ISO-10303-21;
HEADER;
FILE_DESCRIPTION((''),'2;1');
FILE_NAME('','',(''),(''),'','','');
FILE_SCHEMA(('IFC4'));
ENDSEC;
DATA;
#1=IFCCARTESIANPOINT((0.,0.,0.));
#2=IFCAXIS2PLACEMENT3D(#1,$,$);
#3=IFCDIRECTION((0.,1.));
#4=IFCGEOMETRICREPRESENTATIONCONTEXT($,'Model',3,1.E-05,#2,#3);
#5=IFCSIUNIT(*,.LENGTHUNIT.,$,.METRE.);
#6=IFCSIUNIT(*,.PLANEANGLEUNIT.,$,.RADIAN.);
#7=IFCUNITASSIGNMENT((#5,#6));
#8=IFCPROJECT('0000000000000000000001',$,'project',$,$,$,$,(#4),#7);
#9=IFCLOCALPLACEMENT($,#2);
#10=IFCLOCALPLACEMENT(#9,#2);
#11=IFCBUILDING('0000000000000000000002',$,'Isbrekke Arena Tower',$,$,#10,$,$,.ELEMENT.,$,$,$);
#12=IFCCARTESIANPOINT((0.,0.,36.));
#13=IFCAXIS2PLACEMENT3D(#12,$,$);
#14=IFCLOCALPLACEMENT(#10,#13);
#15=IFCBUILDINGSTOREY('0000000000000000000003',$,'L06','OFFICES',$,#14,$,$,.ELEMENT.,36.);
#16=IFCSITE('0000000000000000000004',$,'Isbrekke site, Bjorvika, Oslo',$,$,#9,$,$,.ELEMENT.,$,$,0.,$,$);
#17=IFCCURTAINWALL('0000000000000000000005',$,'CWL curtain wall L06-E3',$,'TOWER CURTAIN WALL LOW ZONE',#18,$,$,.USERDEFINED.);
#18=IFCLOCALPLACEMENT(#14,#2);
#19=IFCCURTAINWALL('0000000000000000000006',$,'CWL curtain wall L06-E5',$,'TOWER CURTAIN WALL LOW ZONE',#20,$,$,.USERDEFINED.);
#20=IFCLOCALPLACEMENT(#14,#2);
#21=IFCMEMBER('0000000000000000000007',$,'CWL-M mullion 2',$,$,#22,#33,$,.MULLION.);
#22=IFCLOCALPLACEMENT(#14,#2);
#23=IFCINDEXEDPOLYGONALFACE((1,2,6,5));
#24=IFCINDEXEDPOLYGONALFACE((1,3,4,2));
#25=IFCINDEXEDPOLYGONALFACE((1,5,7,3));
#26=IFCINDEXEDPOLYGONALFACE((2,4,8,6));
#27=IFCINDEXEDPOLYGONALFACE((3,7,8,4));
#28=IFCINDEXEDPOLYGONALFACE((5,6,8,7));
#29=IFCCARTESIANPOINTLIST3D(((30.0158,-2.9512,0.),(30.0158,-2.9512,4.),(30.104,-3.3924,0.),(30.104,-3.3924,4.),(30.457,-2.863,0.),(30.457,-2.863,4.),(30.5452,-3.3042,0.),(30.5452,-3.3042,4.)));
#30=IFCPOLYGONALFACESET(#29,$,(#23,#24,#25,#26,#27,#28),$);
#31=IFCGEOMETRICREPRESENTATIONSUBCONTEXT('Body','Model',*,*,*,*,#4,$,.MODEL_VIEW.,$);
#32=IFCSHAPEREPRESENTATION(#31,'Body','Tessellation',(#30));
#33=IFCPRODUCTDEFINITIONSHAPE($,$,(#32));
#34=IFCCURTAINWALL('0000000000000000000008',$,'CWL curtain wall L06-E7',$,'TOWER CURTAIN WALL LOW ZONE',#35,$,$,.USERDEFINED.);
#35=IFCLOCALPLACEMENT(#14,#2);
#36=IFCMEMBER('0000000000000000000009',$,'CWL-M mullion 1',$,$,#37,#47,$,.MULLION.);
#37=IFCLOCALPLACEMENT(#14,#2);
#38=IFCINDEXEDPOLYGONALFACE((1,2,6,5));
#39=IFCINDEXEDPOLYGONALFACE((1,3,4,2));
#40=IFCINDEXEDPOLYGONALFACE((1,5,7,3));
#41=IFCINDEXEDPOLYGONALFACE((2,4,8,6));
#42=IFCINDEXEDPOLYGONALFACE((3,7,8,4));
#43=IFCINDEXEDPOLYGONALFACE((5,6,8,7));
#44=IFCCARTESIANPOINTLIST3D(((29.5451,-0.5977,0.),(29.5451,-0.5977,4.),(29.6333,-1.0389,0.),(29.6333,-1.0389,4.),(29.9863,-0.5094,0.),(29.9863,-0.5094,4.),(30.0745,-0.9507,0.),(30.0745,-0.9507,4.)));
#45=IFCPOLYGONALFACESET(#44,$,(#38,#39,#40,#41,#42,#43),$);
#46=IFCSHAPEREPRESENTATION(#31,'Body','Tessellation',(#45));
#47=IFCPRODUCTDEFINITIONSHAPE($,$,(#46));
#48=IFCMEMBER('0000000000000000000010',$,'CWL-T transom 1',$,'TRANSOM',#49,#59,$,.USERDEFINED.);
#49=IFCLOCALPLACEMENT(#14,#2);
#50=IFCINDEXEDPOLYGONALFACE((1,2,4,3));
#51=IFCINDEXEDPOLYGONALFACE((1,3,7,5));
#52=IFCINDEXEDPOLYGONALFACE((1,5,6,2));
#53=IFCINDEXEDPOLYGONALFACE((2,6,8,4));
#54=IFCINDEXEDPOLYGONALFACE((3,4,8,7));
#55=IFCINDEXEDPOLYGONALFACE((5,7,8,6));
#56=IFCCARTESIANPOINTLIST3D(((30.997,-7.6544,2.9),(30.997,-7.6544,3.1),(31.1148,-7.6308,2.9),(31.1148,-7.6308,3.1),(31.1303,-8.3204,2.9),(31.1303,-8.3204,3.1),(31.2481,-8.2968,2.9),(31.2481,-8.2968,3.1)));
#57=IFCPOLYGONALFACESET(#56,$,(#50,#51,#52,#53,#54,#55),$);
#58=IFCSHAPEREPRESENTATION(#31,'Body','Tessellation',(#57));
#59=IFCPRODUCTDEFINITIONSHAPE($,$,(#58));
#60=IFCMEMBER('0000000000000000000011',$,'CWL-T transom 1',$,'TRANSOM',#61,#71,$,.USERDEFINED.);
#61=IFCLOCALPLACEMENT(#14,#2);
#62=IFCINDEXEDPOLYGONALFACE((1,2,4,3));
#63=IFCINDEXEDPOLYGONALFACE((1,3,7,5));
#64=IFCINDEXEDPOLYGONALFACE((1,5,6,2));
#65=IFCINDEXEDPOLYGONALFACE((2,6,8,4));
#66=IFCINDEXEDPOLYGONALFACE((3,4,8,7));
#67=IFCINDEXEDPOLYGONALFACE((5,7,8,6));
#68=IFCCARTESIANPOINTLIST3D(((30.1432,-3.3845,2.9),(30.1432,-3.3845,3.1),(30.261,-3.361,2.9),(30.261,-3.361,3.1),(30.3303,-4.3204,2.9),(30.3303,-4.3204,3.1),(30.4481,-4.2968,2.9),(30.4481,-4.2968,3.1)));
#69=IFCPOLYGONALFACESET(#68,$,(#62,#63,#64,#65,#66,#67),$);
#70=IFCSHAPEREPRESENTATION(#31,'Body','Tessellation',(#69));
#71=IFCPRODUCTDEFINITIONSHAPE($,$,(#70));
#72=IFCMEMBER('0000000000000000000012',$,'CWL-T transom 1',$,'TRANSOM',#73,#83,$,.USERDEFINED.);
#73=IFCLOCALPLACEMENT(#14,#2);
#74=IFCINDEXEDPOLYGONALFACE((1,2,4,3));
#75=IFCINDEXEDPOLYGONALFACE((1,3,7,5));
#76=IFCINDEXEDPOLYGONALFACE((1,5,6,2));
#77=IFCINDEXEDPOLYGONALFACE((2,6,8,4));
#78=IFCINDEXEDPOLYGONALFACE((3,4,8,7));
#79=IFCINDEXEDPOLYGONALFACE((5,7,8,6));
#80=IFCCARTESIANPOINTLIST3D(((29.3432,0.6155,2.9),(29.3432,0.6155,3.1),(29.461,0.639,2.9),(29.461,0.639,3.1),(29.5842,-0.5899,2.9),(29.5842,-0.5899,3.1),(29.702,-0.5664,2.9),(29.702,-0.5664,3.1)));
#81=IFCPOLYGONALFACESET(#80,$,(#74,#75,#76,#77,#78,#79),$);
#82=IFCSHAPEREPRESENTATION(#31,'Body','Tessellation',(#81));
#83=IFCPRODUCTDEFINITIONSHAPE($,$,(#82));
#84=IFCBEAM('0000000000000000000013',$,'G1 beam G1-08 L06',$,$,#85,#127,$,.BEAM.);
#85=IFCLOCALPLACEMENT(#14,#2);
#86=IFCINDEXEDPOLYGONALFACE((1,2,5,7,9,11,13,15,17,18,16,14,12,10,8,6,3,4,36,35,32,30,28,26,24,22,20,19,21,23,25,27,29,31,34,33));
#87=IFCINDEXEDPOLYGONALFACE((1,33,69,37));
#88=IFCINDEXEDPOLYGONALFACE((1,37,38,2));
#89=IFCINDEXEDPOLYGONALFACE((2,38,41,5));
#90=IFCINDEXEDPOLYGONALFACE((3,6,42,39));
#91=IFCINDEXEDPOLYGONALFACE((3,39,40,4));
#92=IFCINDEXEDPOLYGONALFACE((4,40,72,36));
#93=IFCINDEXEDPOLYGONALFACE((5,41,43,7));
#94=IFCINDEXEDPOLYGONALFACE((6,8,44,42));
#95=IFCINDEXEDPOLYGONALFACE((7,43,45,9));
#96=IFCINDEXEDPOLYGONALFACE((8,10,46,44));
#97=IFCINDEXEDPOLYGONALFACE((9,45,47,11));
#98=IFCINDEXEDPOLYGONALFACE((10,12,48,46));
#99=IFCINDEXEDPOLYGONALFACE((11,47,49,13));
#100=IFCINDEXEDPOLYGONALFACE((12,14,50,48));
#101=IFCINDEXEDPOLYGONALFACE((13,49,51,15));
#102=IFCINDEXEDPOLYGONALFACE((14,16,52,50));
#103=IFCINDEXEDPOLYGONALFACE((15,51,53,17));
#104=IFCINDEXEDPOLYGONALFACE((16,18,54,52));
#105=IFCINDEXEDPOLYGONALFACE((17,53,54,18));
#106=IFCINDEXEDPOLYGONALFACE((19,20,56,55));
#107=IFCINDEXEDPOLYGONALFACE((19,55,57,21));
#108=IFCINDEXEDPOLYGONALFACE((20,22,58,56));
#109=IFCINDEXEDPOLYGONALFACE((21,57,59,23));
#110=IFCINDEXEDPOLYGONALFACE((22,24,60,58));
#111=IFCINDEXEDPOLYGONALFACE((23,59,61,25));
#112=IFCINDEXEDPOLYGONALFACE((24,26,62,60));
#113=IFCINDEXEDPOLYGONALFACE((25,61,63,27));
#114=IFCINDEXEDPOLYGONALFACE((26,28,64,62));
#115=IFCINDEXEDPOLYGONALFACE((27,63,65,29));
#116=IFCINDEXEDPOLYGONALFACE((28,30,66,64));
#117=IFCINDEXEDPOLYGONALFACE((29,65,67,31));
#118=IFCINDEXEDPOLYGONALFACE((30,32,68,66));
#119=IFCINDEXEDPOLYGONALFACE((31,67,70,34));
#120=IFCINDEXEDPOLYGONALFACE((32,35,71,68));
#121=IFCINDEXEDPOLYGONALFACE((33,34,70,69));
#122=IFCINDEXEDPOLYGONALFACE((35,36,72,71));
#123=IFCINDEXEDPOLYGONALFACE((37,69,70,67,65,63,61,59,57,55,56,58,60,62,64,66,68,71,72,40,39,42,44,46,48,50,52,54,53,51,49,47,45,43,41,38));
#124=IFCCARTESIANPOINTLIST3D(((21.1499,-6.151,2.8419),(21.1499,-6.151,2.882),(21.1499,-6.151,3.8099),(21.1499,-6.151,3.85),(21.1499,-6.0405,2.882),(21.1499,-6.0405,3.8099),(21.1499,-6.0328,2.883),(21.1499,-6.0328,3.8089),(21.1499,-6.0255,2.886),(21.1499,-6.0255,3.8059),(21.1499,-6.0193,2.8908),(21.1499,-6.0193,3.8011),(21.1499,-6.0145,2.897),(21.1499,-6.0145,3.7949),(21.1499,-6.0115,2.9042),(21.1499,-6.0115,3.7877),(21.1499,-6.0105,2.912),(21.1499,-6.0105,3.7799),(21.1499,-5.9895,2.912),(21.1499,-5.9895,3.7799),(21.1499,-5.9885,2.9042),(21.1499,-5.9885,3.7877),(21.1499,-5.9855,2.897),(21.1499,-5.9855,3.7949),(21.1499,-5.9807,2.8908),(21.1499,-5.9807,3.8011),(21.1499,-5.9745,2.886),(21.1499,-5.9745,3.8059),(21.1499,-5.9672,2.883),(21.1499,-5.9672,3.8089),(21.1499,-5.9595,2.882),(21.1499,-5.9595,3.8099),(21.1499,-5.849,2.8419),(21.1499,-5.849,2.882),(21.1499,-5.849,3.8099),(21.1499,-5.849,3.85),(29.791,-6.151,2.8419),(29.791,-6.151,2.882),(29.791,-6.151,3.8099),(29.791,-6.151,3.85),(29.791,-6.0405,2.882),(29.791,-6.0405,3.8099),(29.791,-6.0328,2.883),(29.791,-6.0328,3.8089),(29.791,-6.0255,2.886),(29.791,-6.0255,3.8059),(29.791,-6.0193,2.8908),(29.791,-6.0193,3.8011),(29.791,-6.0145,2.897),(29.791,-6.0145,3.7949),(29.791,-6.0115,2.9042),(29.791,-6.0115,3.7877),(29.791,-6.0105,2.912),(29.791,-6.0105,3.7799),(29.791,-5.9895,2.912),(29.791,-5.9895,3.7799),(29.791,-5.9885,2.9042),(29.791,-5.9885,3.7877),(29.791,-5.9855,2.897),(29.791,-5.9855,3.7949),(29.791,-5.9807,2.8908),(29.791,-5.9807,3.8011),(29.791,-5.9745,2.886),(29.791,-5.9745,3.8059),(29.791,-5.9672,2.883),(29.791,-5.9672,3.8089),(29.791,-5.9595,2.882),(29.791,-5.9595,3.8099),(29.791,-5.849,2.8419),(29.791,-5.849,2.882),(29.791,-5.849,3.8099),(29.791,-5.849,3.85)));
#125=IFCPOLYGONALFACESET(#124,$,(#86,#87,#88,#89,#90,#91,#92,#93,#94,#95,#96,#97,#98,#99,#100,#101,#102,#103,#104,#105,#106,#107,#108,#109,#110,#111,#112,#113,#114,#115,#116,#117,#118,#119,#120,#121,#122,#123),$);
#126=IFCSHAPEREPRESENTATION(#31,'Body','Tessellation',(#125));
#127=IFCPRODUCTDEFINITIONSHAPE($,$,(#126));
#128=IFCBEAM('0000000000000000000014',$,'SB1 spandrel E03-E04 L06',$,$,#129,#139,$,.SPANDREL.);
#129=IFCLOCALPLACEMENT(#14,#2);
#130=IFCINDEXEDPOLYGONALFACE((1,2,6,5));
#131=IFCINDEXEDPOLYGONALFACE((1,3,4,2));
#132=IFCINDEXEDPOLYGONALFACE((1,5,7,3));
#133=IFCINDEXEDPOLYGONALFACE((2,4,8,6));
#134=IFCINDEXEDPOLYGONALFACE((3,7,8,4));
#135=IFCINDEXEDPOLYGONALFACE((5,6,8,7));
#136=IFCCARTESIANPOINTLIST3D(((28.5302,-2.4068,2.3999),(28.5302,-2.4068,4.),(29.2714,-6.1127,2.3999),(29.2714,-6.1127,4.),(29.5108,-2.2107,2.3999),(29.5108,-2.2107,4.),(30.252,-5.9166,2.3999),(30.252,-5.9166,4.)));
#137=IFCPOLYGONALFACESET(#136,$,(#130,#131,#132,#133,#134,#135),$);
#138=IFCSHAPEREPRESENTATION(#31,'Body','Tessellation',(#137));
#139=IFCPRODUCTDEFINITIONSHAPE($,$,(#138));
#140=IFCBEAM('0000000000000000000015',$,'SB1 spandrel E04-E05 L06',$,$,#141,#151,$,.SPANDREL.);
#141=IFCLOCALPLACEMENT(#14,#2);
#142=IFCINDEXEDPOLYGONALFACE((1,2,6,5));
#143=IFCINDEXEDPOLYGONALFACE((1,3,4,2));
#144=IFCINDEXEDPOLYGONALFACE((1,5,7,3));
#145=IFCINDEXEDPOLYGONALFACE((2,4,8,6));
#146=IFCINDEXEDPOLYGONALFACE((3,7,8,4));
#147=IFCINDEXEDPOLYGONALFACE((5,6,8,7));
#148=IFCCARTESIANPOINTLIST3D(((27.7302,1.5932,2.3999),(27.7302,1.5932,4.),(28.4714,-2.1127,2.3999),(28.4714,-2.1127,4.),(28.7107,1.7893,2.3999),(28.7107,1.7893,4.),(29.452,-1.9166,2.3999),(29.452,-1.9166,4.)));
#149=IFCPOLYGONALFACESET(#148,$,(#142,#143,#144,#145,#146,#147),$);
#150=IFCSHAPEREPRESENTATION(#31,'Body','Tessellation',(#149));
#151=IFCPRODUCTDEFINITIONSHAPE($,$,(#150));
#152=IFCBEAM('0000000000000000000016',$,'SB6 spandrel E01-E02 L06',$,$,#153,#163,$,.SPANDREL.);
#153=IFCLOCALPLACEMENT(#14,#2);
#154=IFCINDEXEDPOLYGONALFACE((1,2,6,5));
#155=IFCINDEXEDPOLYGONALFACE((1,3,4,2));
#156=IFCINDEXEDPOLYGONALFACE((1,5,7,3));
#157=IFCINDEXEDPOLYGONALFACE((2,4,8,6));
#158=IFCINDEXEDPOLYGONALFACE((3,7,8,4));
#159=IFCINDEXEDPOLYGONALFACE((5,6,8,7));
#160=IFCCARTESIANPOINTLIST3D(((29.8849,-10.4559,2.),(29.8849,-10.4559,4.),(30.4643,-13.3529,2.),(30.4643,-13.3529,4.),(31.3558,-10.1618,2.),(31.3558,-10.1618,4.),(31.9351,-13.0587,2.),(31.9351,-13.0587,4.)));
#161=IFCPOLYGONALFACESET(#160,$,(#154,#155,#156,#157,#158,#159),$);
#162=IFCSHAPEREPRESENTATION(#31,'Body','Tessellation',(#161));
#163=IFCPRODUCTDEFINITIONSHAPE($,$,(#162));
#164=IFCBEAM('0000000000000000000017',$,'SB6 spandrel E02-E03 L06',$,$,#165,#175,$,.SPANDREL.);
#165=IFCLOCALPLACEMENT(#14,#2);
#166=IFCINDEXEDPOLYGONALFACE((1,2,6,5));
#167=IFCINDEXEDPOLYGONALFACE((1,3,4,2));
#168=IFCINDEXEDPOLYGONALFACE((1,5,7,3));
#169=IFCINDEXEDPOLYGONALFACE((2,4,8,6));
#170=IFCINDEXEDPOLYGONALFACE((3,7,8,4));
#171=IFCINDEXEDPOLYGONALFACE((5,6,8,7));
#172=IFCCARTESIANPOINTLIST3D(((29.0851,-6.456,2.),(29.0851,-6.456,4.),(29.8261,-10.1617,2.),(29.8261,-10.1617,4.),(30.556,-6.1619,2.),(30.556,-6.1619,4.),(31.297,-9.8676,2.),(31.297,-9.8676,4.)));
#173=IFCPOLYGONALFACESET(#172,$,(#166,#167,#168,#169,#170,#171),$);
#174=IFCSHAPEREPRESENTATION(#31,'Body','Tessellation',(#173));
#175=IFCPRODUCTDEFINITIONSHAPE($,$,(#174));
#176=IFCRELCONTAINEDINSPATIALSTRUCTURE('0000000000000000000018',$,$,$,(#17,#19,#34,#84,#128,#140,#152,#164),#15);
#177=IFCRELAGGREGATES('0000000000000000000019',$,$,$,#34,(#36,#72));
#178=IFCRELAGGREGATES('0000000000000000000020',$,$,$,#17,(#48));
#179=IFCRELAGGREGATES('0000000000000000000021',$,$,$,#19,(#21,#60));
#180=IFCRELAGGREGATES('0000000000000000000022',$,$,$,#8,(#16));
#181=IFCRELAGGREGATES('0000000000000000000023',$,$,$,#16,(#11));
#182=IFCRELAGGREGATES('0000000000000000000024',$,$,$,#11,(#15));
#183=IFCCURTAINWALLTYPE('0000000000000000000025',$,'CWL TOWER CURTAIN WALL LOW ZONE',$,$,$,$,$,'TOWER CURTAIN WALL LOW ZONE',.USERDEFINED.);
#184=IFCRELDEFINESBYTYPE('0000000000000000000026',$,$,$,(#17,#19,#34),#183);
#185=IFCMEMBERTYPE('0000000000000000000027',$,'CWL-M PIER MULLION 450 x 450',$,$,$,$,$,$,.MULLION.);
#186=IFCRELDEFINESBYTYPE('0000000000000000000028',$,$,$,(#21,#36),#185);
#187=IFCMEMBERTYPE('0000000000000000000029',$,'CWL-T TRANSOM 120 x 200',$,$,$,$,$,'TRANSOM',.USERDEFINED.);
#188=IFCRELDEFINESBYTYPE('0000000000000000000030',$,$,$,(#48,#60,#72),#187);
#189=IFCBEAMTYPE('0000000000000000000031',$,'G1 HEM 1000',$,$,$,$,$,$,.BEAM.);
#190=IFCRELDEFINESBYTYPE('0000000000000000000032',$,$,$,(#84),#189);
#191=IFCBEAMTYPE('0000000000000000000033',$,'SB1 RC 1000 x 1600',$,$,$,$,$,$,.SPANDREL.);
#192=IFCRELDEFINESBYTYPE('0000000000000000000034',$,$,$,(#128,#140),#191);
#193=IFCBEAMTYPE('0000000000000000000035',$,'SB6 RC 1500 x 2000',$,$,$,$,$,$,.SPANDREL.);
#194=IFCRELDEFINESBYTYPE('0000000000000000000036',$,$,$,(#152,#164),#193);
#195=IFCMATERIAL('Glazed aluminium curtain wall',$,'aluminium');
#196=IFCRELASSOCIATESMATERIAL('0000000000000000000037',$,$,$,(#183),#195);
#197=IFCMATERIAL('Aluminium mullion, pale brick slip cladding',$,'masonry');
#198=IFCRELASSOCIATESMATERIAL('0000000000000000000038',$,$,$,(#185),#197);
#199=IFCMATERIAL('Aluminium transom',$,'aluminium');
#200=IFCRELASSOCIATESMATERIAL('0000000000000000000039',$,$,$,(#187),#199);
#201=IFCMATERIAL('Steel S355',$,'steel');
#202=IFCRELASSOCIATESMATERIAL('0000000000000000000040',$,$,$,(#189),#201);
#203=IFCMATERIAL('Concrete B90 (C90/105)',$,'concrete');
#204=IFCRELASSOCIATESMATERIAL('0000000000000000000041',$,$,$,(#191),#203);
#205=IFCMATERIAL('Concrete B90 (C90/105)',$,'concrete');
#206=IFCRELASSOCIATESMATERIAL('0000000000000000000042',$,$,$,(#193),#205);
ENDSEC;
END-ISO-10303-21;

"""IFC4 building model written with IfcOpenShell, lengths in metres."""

from ifc_helpers import new_model, si_unit, direction, frame, origin, origin_2d, place, context, subcontext, project, spatial, rectangle, i_section, extrude, material, material_profile, profile_set, type_object, element, aggregate, save


model = new_model("IFC4")

# Units and contexts
model_context = context("Model", 3, precision=1e-05, world=origin(), true_north=direction((0.0, 1.0)))
body_context = subcontext(model_context, "Body", "Model", "MODEL_VIEW")
ifc_project = project(units=[si_unit("LENGTHUNIT", "METRE"), si_unit("PLANEANGLEUNIT", "RADIAN")], contexts=[model_context])

# Site, building, storey
site_placement = place(None, origin())
site = spatial("IfcSite", under=ifc_project, at=site_placement, Name="Isbrekke site, Bjorvika, Oslo", CompositionType="ELEMENT", RefElevation=0.0)
building_placement = place(site_placement, origin())
building = spatial("IfcBuilding", under=site, at=building_placement, Name="Isbrekke Arena Tower", CompositionType="ELEMENT")
storey_placement = place(building_placement, frame((0.0, 0.0, 36.0)))
storey = spatial("IfcBuildingStorey", under=building, at=storey_placement, Name="L06", Description="OFFICES", CompositionType="ELEMENT", Elevation=36.0)

# Curtain walls, member
ifc_material_1 = material(Name="Glazed aluminium curtain wall", Category="aluminium")
curtain_wall_type = type_object("IfcCurtainWallType", Name="CWL TOWER CURTAIN WALL LOW ZONE", ElementType="TOWER CURTAIN WALL LOW ZONE", PredefinedType="USERDEFINED", material=ifc_material_1)
curtain_wall_1_placement = place(storey_placement, origin())
curtain_wall_1 = element("IfcCurtainWall", 1, at=curtain_wall_1_placement, inside=storey, type_object=curtain_wall_type, Name="CWL curtain wall L06-E3", ObjectType="TOWER CURTAIN WALL LOW ZONE", PredefinedType="USERDEFINED")
ifc_material_2 = material(Name="Aluminium mullion, pale brick slip cladding", Category="masonry")
ifc_material_profile_1 = material_profile(ifc_material_2, rectangle(XDim=0.45, YDim=0.45, at=origin_2d()), Name="PIER 450X450")
ifc_profile_set_1 = profile_set([ifc_material_profile_1], Name="Aluminium mullion, pale brick slip cladding")
member_type_1 = type_object("IfcMemberType", Name="CWL-M PIER MULLION 450 x 450", PredefinedType="MULLION", material=ifc_profile_set_1)
curtain_wall_2_placement = place(storey_placement, origin())
curtain_wall_2 = element("IfcCurtainWall", 2, at=curtain_wall_2_placement, inside=storey, type_object=curtain_wall_type, Name="CWL curtain wall L06-E5", ObjectType="TOWER CURTAIN WALL LOW ZONE", PredefinedType="USERDEFINED")
member_1_placement = place(storey_placement, frame((30.2805, -3.1277, 0.0), z_axis=(0.0, 0.0, 1.0), x_axis=(-0.196116, 0.980581, 0.0)))
member_1 = element("IfcMember", 3, at=member_1_placement, type_object=member_type_1, Name="CWL-M mullion 2", PredefinedType="MULLION", context=body_context, shape_type="SweptSolid", body=[
    extrude(rectangle(XDim=0.45, YDim=0.45, at=origin_2d()), origin(), (0.0, 0.0, 1.0), 4.0),
])

# Curtain wall, member
curtain_wall_3_placement = place(storey_placement, origin())
curtain_wall_3 = element("IfcCurtainWall", 4, at=curtain_wall_3_placement, inside=storey, type_object=curtain_wall_type, Name="CWL curtain wall L06-E7", ObjectType="TOWER CURTAIN WALL LOW ZONE", PredefinedType="USERDEFINED")
member_2_placement = place(storey_placement, frame((29.8098, -0.7742, 0.0), z_axis=(0.0, 0.0, 1.0), x_axis=(-0.196116, 0.980581, 0.0)))
member_2 = element("IfcMember", 5, at=member_2_placement, type_object=member_type_1, Name="CWL-M mullion 1", PredefinedType="MULLION", context=body_context, shape_type="SweptSolid", body=[
    extrude(rectangle(XDim=0.45, YDim=0.45, at=origin_2d()), origin(), (0.0, 0.0, 1.0), 4.0),
])

# Members
ifc_material_3 = material(Name="Aluminium transom", Category="aluminium")
ifc_material_profile_2 = material_profile(ifc_material_3, rectangle(XDim=0.1201, YDim=0.2, at=origin_2d()), Name="TRANSOM 120X200")
ifc_profile_set_2 = profile_set([ifc_material_profile_2], Name="Aluminium transom")
member_type_2 = type_object("IfcMemberType", Name="CWL-T TRANSOM 120 x 200", ElementType="TRANSOM", PredefinedType="USERDEFINED", material=ifc_profile_set_2)
member_3_placement = place(storey_placement, frame((31.1892, -8.3086, 3.0), z_axis=(-0.196254, 0.980553, 0.0), x_axis=(-0.980553, -0.196254, 0.0)))
member_3 = element("IfcMember", 6, at=member_3_placement, type_object=member_type_2, Name="CWL-T transom 1", ObjectType="TRANSOM", PredefinedType="USERDEFINED", context=body_context, shape_type="SweptSolid", body=[
    extrude(rectangle(XDim=0.1201, YDim=0.2, at=origin_2d()), origin(), (0.0, 0.0, 1.0), 0.6792),
])
member_4_placement = place(storey_placement, frame((30.3892, -4.3086, 3.0), z_axis=(-0.195969, 0.98061, 0.0), x_axis=(-0.98061, -0.195969, 0.0)))
member_4 = element("IfcMember", 7, at=member_4_placement, type_object=member_type_2, Name="CWL-T transom 1", ObjectType="TRANSOM", PredefinedType="USERDEFINED", context=body_context, shape_type="SweptSolid", body=[
    extrude(rectangle(XDim=0.1201, YDim=0.2, at=origin_2d()), origin(), (0.0, 0.0, 1.0), 0.9543),
])
member_5_placement = place(storey_placement, frame((29.6431, -0.5781, 3.0), z_axis=(-0.19604, 0.980596, 0.0), x_axis=(-0.980596, -0.19604, 0.0)))
member_5 = element("IfcMember", 8, at=member_5_placement, type_object=member_type_2, Name="CWL-T transom 1", ObjectType="TRANSOM", PredefinedType="USERDEFINED", context=body_context, shape_type="SweptSolid", body=[
    extrude(rectangle(XDim=0.1201, YDim=0.2, at=origin_2d()), origin(), (0.0, 0.0, 1.0), 1.2292),
])
aggregate(curtain_wall_3, [member_2, member_5])

# Beams
ifc_material_4 = material(Name="Steel S355", Category="steel")
ifc_material_profile_3 = material_profile(ifc_material_4, i_section(OverallWidth=0.302, OverallDepth=1.0081, WebThickness=0.021, FlangeThickness=0.04, FilletRadius=0.03, at=origin_2d()), Name="HEM 1000")
ifc_profile_set_3 = profile_set([ifc_material_profile_3], Name="Steel S355")
beam_type_1 = type_object("IfcBeamType", Name="G1 HEM 1000", PredefinedType="BEAM", material=ifc_profile_set_3)
beam_1_placement = place(storey_placement, frame((21.1499, -6.0, 3.3459), z_axis=(1.0, 0.0, 0.0), x_axis=(0.0, 1.0, 0.0)))
element("IfcBeam", 9, at=beam_1_placement, inside=storey, type_object=beam_type_1, Name="G1 beam G1-08 L06", PredefinedType="BEAM", context=body_context, shape_type="SweptSolid", body=[
    extrude(i_section(OverallWidth=0.302, OverallDepth=1.0081, WebThickness=0.021, FlangeThickness=0.04, FilletRadius=0.03, at=origin_2d()), origin(), (0.0, 0.0, 1.0), 8.6411),
])
ifc_material_5 = material(Name="Concrete B90 (C90/105)", Category="concrete")
ifc_material_profile_4 = material_profile(ifc_material_5, rectangle(XDim=1.0, YDim=1.6001, at=origin_2d()), Name="RC 1000x1600")
ifc_profile_set_4 = profile_set([ifc_material_profile_4], Name="Concrete B90 (C90/105)")
beam_type_2 = type_object("IfcBeamType", Name="SB1 RC 1000 x 1600", PredefinedType="SPANDREL", material=ifc_profile_set_4)
for number, where, z_axis, x_axis, name in (
    (10, (29.7617, -6.0146, 3.2), (-0.196129, 0.980578, 0.0), (-0.980578, -0.196129, 0.0), "SB1 spandrel E03-E04 L06"),
    (11, (28.9617, -2.0146, 3.2), (-0.196129, 0.980578, 0.0), (-0.980578, -0.196129, 0.0), "SB1 spandrel E04-E05 L06"),
):
    element("IfcBeam", number, at=place(storey_placement, frame(where, z_axis=z_axis, x_axis=x_axis)), inside=storey, type_object=beam_type_2, Name=name, PredefinedType="SPANDREL", context=body_context, shape_type="SweptSolid", body=[
        extrude(rectangle(XDim=1.0, YDim=1.6001, at=origin_2d()), origin(), (0.0, 0.0, 1.0), 3.7793),
    ])
ifc_material_6 = material(Name="Concrete B90 (C90/105)", Category="concrete")
ifc_material_profile_5 = material_profile(ifc_material_6, rectangle(XDim=1.5, YDim=2.0, at=origin_2d()), Name="RC 1500x2000")
ifc_profile_set_5 = profile_set([ifc_material_profile_5], Name="Concrete B90 (C90/105)")
beam_type_3 = type_object("IfcBeamType", Name="SB6 RC 1500 x 2000", PredefinedType="SPANDREL", material=ifc_profile_set_5)
beam_2_placement = place(storey_placement, frame((31.1997, -13.2058, 3.0), z_axis=(-0.1961, 0.980584, 0.0), x_axis=(-0.980584, -0.1961, 0.0)))
element("IfcBeam", 12, at=beam_2_placement, inside=storey, type_object=beam_type_3, Name="SB6 spandrel E01-E02 L06", PredefinedType="SPANDREL", context=body_context, shape_type="SweptSolid", body=[
    extrude(rectangle(XDim=1.5, YDim=2.0, at=origin_2d()), origin(), (0.0, 0.0, 1.0), 2.9543),
])
beam_3_placement = place(storey_placement, frame((30.5615, -10.0146, 3.0), z_axis=(-0.196066, 0.980591, 0.0), x_axis=(-0.980591, -0.196066, 0.0)))
element("IfcBeam", 13, at=beam_3_placement, inside=storey, type_object=beam_type_3, Name="SB6 spandrel E02-E03 L06", PredefinedType="SPANDREL", context=body_context, shape_type="SweptSolid", body=[
    extrude(rectangle(XDim=1.5, YDim=2.0, at=origin_2d()), origin(), (0.0, 0.0, 1.0), 3.7791),
])

aggregate(curtain_wall_1, [member_3])
aggregate(curtain_wall_2, [member_1, member_4])

save(model, "model.ifc")
